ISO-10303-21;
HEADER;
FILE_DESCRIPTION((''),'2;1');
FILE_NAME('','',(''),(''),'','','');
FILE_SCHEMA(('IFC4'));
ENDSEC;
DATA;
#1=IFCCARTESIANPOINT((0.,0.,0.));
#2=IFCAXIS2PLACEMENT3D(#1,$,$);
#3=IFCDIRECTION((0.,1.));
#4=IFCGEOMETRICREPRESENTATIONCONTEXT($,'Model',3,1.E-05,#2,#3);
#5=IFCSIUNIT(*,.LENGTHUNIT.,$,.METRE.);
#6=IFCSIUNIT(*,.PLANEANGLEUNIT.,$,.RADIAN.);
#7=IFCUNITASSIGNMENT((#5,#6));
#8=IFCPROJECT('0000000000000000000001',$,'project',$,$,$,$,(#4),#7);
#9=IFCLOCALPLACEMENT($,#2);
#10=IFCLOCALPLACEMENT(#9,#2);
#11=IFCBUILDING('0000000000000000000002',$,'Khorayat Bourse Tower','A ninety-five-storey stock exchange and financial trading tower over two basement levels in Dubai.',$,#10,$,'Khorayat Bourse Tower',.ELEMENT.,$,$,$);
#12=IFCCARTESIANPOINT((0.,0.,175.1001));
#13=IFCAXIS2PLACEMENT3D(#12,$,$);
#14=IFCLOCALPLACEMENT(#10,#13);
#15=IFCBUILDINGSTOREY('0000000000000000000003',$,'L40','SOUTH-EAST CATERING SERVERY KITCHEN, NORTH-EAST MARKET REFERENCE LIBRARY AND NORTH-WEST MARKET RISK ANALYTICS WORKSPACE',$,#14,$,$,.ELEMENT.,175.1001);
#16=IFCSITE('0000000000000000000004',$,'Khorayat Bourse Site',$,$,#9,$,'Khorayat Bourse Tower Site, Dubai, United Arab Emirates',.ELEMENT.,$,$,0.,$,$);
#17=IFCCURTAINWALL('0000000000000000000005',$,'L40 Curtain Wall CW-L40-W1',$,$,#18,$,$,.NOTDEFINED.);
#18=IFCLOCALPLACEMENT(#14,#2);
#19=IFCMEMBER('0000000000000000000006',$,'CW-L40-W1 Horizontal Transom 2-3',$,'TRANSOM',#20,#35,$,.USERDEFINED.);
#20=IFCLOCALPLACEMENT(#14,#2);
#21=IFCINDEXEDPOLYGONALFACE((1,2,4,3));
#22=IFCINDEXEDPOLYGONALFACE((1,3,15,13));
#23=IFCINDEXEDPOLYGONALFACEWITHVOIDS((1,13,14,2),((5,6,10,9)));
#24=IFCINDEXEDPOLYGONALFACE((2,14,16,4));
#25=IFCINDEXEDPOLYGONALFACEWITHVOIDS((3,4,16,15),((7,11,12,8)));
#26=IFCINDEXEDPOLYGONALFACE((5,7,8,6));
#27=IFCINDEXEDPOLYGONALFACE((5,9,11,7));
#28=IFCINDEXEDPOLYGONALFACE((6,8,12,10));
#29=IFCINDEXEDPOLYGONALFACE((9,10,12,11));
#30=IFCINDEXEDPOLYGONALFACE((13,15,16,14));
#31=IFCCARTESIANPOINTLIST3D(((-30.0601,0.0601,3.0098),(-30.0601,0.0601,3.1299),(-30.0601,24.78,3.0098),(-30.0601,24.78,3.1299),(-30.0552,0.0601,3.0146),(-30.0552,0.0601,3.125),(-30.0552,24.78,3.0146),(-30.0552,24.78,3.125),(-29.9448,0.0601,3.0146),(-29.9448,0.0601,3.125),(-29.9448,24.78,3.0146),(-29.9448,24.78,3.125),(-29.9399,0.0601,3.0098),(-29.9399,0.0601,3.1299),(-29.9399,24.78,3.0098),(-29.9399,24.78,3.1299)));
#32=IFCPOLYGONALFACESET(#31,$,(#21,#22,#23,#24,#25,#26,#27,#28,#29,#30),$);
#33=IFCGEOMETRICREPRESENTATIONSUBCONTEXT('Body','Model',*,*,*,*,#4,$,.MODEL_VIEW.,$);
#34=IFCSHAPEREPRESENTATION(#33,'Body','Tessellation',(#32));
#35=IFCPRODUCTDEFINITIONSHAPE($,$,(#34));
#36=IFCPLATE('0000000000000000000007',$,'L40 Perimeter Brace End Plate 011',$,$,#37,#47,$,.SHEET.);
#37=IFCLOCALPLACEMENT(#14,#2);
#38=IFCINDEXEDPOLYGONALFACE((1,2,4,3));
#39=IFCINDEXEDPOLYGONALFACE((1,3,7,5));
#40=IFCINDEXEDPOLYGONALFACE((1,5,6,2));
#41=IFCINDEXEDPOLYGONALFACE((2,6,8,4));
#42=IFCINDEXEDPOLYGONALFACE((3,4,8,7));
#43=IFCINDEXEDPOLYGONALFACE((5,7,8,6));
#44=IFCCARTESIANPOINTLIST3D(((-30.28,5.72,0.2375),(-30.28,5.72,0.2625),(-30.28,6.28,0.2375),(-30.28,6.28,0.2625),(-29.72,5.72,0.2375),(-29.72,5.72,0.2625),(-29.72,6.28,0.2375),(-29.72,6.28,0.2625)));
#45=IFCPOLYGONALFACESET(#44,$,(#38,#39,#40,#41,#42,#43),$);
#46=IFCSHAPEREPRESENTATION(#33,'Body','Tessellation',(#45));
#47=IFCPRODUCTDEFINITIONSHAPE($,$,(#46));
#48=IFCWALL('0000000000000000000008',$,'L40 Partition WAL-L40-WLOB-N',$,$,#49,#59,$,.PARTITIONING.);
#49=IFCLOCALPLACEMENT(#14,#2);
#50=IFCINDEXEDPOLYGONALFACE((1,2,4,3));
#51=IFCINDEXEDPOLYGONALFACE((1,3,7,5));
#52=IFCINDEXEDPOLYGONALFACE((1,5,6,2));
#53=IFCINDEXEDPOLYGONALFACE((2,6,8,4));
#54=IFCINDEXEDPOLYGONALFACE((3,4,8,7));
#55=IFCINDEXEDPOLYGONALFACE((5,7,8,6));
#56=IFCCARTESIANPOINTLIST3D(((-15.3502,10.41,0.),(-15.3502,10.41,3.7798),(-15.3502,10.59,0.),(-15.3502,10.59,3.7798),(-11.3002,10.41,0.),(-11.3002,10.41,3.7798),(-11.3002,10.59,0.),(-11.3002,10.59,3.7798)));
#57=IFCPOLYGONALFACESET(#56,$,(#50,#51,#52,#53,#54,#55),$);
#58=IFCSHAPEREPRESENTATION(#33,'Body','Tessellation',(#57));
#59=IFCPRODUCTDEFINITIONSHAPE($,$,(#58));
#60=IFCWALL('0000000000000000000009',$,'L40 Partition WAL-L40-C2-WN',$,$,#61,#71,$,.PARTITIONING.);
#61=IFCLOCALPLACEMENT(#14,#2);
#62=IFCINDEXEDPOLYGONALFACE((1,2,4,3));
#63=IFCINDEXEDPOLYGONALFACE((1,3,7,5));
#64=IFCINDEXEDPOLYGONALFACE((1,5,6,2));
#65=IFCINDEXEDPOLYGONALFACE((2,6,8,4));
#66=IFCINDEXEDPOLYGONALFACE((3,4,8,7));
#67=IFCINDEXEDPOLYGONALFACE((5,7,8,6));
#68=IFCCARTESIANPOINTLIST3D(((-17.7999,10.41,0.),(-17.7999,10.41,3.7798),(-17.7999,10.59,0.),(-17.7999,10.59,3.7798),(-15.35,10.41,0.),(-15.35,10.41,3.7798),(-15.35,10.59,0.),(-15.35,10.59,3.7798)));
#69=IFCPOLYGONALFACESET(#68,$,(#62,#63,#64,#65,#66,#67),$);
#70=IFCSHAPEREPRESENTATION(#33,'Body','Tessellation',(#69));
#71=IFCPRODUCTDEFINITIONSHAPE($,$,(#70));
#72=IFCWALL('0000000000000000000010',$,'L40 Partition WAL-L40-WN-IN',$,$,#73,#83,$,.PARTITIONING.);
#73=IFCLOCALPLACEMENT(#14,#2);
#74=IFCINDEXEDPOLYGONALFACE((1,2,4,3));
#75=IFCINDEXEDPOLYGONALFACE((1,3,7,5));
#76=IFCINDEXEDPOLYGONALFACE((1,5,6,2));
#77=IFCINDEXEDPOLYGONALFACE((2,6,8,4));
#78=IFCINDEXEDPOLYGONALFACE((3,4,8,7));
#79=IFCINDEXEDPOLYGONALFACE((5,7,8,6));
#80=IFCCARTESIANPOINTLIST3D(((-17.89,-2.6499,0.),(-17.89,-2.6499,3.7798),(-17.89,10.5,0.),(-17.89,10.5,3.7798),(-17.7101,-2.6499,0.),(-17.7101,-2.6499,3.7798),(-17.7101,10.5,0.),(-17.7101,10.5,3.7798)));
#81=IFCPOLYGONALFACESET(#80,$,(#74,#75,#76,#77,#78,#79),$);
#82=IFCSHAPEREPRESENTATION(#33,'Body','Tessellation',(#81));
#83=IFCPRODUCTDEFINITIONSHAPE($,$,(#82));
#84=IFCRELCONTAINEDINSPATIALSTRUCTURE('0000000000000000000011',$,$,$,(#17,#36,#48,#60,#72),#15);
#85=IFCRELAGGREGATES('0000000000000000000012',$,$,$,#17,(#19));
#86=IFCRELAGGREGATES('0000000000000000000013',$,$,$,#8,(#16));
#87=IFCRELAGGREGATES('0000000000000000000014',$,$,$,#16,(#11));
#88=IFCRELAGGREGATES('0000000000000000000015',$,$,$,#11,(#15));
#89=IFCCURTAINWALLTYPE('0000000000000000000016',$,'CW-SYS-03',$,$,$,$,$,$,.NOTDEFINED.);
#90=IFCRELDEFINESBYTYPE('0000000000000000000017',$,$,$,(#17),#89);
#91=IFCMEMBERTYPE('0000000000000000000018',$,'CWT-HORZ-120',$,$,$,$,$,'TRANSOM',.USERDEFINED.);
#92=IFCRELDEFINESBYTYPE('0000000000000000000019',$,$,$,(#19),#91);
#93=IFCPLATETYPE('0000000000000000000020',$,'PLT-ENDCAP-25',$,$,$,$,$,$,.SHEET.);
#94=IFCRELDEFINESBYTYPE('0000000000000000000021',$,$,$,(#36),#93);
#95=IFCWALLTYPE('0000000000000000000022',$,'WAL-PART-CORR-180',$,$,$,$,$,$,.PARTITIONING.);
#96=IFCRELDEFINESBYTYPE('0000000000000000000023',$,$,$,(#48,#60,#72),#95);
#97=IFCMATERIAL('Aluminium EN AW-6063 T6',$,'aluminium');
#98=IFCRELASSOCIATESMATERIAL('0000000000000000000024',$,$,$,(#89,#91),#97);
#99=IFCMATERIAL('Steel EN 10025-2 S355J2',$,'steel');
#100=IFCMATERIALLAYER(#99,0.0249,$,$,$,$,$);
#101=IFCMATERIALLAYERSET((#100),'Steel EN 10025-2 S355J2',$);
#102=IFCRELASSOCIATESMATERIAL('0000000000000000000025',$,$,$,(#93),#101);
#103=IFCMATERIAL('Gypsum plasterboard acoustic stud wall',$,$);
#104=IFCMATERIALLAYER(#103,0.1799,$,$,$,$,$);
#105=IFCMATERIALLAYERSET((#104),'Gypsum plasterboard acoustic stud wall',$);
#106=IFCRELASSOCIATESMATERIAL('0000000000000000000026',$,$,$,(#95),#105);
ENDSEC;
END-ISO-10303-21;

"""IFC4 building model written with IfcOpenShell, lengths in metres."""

from ifc_helpers import new_model, si_unit, direction, frame, frame_2d, origin, origin_2d, place, context, subcontext, project, spatial, rectangle, hollow_rectangle, extrude, source, transform, mapped, material, layer, layer_set, material_profile, profile_set, type_object, element, aggregate, save


model = new_model("IFC4")

# Units and contexts
model_context = context("Model", 3, precision=1e-05, world=origin(), true_north=direction((0.0, 1.0)))
body_context = subcontext(model_context, "Body", "Model", "MODEL_VIEW")
ifc_project = project(units=[si_unit("LENGTHUNIT", "METRE"), si_unit("PLANEANGLEUNIT", "RADIAN")], contexts=[model_context])

# Site, building, storey
site_placement = place(None, origin())
site = spatial("IfcSite", under=ifc_project, at=site_placement, Name="Khorayat Bourse Site", LongName="Khorayat Bourse Tower Site, Dubai, United Arab Emirates", CompositionType="ELEMENT", RefElevation=0.0)
building_placement = place(site_placement, origin())
building = spatial("IfcBuilding", under=site, at=building_placement, Name="Khorayat Bourse Tower", Description="A ninety-five-storey stock exchange and financial trading tower over two basement levels in Dubai.", LongName="Khorayat Bourse Tower", CompositionType="ELEMENT")
storey_placement = place(building_placement, frame((0.0, 0.0, 175.1001)))
storey = spatial("IfcBuildingStorey", under=building, at=storey_placement, Name="L40", Description="SOUTH-EAST CATERING SERVERY KITCHEN, NORTH-EAST MARKET REFERENCE LIBRARY AND NORTH-WEST MARKET RISK ANALYTICS WORKSPACE", CompositionType="ELEMENT", Elevation=175.1001)

# Curtain wall, member
ifc_material_1 = material(Name="Aluminium EN AW-6063 T6", Category="aluminium")
curtain_wall_type = type_object("IfcCurtainWallType", Name="CW-SYS-03", PredefinedType="NOTDEFINED", material=ifc_material_1)
curtain_wall_placement = place(storey_placement, origin())
curtain_wall = element("IfcCurtainWall", 1, at=curtain_wall_placement, inside=storey, type_object=curtain_wall_type, Name="L40 Curtain Wall CW-L40-W1", PredefinedType="NOTDEFINED")
ifc_material_profile_1 = material_profile(ifc_material_1, hollow_rectangle(XDim=0.1201, YDim=0.1201, WallThickness=0.0049, at=origin_2d()), Name="ALU 120x120x5")
ifc_profile_set_1 = profile_set([ifc_material_profile_1], Name="Aluminium EN AW-6063 T6")
member_type_1 = type_object("IfcMemberType", Name="CWT-HORZ-120", ElementType="TRANSOM", PredefinedType="USERDEFINED", material=ifc_profile_set_1)
shared_shape_1 = source(origin(), body_context, "Body", "SweptSolid", [
    extrude(hollow_rectangle(XDim=0.1201, YDim=0.1201, WallThickness=0.0049, at=origin_2d()), origin(), (0.0, 0.0, 1.0), 24.72),
])
member_1_placement = place(storey_placement, frame((-30.0, 0.0601, 3.0698), z_axis=(0.0, 1.0, 0.0), x_axis=(-1.0, 0.0, 0.0)))
member_1 = element("IfcMember", 2, at=member_1_placement, type_object=member_type_1, Name="CW-L40-W1 Horizontal Transom 2-3", ObjectType="TRANSOM", PredefinedType="USERDEFINED", context=body_context, shape_type="MappedRepresentation", body=[
    mapped(shared_shape_1, transform((0.0, 0.0, 0.0), scale=1.0)),
])
aggregate(curtain_wall, [member_1])

# Plate
ifc_material_2 = material(Name="Steel EN 10025-2 S355J2", Category="steel")
ifc_layer_1 = layer(ifc_material_2, 0.0249)
ifc_layer_set_1 = layer_set([ifc_layer_1], Name="Steel EN 10025-2 S355J2")
plate_type = type_object("IfcPlateType", Name="PLT-ENDCAP-25", PredefinedType="SHEET", material=ifc_layer_set_1)
shared_shape_2 = source(origin(), body_context, "Body", "SweptSolid", [
    extrude(rectangle(XDim=0.5601, YDim=0.5601, at=origin_2d()), origin(), (0.0, 0.0, 1.0), 0.0249),
])
plate_placement = place(storey_placement, frame((-30.0, 6.0, 0.2375), z_axis=(0.0, 0.0, 1.0), x_axis=(1.0, 0.0, 0.0)))
element("IfcPlate", 3, at=plate_placement, inside=storey, type_object=plate_type, Name="L40 Perimeter Brace End Plate 011", PredefinedType="SHEET", context=body_context, shape_type="MappedRepresentation", body=[
    mapped(shared_shape_2, transform((0.0, 0.0, 0.0), scale=1.0)),
])

# Walls
ifc_material_3 = material(Name="Gypsum plasterboard acoustic stud wall")
ifc_layer_2 = layer(ifc_material_3, 0.1799)
ifc_layer_set_2 = layer_set([ifc_layer_2], Name="Gypsum plasterboard acoustic stud wall")
wall_type = type_object("IfcWallType", Name="WAL-PART-CORR-180", PredefinedType="PARTITIONING", material=ifc_layer_set_2)
shared_shape_3 = source(origin(), body_context, "Body", "SweptSolid", [
    extrude(rectangle(XDim=4.05, YDim=0.1799, at=frame_2d((2.0249, 0.0))), origin(), (0.0, 0.0, 1.0), 3.7798),
])
wall_1_placement = place(storey_placement, frame((-15.3501, 10.5, 0.0), z_axis=(0.0, 0.0, 1.0), x_axis=(1.0, 0.0, 0.0)))
element("IfcWall", 4, at=wall_1_placement, inside=storey, type_object=wall_type, Name="L40 Partition WAL-L40-WLOB-N", PredefinedType="PARTITIONING", context=body_context, shape_type="MappedRepresentation", body=[
    mapped(shared_shape_3, transform((0.0, 0.0, 0.0), scale=1.0)),
])
shared_shape_4 = source(origin(), body_context, "Body", "SweptSolid", [
    extrude(rectangle(XDim=2.45, YDim=0.1799, at=frame_2d((1.2251, 0.0))), origin(), (0.0, 0.0, 1.0), 3.7798),
])
wall_2_placement = place(storey_placement, frame((-17.8, 10.5, 0.0), z_axis=(0.0, 0.0, 1.0), x_axis=(1.0, 0.0, 0.0)))
element("IfcWall", 5, at=wall_2_placement, inside=storey, type_object=wall_type, Name="L40 Partition WAL-L40-C2-WN", PredefinedType="PARTITIONING", context=body_context, shape_type="MappedRepresentation", body=[
    mapped(shared_shape_4, transform((0.0, 0.0, 0.0), scale=1.0)),
])
shared_shape_5 = source(origin(), body_context, "Body", "SweptSolid", [
    extrude(rectangle(XDim=13.1499, YDim=0.1799, at=frame_2d((6.575, 0.0))), origin(), (0.0, 0.0, 1.0), 3.7798),
])
wall_3_placement = place(storey_placement, frame((-17.8, -2.6499, 0.0), z_axis=(0.0, 0.0, 1.0), x_axis=(0.0, 1.0, 0.0)))
element("IfcWall", 6, at=wall_3_placement, inside=storey, type_object=wall_type, Name="L40 Partition WAL-L40-WN-IN", PredefinedType="PARTITIONING", context=body_context, shape_type="MappedRepresentation", body=[
    mapped(shared_shape_5, transform((0.0, 0.0, 0.0), scale=1.0)),
])

save(model, "model.ifc")
